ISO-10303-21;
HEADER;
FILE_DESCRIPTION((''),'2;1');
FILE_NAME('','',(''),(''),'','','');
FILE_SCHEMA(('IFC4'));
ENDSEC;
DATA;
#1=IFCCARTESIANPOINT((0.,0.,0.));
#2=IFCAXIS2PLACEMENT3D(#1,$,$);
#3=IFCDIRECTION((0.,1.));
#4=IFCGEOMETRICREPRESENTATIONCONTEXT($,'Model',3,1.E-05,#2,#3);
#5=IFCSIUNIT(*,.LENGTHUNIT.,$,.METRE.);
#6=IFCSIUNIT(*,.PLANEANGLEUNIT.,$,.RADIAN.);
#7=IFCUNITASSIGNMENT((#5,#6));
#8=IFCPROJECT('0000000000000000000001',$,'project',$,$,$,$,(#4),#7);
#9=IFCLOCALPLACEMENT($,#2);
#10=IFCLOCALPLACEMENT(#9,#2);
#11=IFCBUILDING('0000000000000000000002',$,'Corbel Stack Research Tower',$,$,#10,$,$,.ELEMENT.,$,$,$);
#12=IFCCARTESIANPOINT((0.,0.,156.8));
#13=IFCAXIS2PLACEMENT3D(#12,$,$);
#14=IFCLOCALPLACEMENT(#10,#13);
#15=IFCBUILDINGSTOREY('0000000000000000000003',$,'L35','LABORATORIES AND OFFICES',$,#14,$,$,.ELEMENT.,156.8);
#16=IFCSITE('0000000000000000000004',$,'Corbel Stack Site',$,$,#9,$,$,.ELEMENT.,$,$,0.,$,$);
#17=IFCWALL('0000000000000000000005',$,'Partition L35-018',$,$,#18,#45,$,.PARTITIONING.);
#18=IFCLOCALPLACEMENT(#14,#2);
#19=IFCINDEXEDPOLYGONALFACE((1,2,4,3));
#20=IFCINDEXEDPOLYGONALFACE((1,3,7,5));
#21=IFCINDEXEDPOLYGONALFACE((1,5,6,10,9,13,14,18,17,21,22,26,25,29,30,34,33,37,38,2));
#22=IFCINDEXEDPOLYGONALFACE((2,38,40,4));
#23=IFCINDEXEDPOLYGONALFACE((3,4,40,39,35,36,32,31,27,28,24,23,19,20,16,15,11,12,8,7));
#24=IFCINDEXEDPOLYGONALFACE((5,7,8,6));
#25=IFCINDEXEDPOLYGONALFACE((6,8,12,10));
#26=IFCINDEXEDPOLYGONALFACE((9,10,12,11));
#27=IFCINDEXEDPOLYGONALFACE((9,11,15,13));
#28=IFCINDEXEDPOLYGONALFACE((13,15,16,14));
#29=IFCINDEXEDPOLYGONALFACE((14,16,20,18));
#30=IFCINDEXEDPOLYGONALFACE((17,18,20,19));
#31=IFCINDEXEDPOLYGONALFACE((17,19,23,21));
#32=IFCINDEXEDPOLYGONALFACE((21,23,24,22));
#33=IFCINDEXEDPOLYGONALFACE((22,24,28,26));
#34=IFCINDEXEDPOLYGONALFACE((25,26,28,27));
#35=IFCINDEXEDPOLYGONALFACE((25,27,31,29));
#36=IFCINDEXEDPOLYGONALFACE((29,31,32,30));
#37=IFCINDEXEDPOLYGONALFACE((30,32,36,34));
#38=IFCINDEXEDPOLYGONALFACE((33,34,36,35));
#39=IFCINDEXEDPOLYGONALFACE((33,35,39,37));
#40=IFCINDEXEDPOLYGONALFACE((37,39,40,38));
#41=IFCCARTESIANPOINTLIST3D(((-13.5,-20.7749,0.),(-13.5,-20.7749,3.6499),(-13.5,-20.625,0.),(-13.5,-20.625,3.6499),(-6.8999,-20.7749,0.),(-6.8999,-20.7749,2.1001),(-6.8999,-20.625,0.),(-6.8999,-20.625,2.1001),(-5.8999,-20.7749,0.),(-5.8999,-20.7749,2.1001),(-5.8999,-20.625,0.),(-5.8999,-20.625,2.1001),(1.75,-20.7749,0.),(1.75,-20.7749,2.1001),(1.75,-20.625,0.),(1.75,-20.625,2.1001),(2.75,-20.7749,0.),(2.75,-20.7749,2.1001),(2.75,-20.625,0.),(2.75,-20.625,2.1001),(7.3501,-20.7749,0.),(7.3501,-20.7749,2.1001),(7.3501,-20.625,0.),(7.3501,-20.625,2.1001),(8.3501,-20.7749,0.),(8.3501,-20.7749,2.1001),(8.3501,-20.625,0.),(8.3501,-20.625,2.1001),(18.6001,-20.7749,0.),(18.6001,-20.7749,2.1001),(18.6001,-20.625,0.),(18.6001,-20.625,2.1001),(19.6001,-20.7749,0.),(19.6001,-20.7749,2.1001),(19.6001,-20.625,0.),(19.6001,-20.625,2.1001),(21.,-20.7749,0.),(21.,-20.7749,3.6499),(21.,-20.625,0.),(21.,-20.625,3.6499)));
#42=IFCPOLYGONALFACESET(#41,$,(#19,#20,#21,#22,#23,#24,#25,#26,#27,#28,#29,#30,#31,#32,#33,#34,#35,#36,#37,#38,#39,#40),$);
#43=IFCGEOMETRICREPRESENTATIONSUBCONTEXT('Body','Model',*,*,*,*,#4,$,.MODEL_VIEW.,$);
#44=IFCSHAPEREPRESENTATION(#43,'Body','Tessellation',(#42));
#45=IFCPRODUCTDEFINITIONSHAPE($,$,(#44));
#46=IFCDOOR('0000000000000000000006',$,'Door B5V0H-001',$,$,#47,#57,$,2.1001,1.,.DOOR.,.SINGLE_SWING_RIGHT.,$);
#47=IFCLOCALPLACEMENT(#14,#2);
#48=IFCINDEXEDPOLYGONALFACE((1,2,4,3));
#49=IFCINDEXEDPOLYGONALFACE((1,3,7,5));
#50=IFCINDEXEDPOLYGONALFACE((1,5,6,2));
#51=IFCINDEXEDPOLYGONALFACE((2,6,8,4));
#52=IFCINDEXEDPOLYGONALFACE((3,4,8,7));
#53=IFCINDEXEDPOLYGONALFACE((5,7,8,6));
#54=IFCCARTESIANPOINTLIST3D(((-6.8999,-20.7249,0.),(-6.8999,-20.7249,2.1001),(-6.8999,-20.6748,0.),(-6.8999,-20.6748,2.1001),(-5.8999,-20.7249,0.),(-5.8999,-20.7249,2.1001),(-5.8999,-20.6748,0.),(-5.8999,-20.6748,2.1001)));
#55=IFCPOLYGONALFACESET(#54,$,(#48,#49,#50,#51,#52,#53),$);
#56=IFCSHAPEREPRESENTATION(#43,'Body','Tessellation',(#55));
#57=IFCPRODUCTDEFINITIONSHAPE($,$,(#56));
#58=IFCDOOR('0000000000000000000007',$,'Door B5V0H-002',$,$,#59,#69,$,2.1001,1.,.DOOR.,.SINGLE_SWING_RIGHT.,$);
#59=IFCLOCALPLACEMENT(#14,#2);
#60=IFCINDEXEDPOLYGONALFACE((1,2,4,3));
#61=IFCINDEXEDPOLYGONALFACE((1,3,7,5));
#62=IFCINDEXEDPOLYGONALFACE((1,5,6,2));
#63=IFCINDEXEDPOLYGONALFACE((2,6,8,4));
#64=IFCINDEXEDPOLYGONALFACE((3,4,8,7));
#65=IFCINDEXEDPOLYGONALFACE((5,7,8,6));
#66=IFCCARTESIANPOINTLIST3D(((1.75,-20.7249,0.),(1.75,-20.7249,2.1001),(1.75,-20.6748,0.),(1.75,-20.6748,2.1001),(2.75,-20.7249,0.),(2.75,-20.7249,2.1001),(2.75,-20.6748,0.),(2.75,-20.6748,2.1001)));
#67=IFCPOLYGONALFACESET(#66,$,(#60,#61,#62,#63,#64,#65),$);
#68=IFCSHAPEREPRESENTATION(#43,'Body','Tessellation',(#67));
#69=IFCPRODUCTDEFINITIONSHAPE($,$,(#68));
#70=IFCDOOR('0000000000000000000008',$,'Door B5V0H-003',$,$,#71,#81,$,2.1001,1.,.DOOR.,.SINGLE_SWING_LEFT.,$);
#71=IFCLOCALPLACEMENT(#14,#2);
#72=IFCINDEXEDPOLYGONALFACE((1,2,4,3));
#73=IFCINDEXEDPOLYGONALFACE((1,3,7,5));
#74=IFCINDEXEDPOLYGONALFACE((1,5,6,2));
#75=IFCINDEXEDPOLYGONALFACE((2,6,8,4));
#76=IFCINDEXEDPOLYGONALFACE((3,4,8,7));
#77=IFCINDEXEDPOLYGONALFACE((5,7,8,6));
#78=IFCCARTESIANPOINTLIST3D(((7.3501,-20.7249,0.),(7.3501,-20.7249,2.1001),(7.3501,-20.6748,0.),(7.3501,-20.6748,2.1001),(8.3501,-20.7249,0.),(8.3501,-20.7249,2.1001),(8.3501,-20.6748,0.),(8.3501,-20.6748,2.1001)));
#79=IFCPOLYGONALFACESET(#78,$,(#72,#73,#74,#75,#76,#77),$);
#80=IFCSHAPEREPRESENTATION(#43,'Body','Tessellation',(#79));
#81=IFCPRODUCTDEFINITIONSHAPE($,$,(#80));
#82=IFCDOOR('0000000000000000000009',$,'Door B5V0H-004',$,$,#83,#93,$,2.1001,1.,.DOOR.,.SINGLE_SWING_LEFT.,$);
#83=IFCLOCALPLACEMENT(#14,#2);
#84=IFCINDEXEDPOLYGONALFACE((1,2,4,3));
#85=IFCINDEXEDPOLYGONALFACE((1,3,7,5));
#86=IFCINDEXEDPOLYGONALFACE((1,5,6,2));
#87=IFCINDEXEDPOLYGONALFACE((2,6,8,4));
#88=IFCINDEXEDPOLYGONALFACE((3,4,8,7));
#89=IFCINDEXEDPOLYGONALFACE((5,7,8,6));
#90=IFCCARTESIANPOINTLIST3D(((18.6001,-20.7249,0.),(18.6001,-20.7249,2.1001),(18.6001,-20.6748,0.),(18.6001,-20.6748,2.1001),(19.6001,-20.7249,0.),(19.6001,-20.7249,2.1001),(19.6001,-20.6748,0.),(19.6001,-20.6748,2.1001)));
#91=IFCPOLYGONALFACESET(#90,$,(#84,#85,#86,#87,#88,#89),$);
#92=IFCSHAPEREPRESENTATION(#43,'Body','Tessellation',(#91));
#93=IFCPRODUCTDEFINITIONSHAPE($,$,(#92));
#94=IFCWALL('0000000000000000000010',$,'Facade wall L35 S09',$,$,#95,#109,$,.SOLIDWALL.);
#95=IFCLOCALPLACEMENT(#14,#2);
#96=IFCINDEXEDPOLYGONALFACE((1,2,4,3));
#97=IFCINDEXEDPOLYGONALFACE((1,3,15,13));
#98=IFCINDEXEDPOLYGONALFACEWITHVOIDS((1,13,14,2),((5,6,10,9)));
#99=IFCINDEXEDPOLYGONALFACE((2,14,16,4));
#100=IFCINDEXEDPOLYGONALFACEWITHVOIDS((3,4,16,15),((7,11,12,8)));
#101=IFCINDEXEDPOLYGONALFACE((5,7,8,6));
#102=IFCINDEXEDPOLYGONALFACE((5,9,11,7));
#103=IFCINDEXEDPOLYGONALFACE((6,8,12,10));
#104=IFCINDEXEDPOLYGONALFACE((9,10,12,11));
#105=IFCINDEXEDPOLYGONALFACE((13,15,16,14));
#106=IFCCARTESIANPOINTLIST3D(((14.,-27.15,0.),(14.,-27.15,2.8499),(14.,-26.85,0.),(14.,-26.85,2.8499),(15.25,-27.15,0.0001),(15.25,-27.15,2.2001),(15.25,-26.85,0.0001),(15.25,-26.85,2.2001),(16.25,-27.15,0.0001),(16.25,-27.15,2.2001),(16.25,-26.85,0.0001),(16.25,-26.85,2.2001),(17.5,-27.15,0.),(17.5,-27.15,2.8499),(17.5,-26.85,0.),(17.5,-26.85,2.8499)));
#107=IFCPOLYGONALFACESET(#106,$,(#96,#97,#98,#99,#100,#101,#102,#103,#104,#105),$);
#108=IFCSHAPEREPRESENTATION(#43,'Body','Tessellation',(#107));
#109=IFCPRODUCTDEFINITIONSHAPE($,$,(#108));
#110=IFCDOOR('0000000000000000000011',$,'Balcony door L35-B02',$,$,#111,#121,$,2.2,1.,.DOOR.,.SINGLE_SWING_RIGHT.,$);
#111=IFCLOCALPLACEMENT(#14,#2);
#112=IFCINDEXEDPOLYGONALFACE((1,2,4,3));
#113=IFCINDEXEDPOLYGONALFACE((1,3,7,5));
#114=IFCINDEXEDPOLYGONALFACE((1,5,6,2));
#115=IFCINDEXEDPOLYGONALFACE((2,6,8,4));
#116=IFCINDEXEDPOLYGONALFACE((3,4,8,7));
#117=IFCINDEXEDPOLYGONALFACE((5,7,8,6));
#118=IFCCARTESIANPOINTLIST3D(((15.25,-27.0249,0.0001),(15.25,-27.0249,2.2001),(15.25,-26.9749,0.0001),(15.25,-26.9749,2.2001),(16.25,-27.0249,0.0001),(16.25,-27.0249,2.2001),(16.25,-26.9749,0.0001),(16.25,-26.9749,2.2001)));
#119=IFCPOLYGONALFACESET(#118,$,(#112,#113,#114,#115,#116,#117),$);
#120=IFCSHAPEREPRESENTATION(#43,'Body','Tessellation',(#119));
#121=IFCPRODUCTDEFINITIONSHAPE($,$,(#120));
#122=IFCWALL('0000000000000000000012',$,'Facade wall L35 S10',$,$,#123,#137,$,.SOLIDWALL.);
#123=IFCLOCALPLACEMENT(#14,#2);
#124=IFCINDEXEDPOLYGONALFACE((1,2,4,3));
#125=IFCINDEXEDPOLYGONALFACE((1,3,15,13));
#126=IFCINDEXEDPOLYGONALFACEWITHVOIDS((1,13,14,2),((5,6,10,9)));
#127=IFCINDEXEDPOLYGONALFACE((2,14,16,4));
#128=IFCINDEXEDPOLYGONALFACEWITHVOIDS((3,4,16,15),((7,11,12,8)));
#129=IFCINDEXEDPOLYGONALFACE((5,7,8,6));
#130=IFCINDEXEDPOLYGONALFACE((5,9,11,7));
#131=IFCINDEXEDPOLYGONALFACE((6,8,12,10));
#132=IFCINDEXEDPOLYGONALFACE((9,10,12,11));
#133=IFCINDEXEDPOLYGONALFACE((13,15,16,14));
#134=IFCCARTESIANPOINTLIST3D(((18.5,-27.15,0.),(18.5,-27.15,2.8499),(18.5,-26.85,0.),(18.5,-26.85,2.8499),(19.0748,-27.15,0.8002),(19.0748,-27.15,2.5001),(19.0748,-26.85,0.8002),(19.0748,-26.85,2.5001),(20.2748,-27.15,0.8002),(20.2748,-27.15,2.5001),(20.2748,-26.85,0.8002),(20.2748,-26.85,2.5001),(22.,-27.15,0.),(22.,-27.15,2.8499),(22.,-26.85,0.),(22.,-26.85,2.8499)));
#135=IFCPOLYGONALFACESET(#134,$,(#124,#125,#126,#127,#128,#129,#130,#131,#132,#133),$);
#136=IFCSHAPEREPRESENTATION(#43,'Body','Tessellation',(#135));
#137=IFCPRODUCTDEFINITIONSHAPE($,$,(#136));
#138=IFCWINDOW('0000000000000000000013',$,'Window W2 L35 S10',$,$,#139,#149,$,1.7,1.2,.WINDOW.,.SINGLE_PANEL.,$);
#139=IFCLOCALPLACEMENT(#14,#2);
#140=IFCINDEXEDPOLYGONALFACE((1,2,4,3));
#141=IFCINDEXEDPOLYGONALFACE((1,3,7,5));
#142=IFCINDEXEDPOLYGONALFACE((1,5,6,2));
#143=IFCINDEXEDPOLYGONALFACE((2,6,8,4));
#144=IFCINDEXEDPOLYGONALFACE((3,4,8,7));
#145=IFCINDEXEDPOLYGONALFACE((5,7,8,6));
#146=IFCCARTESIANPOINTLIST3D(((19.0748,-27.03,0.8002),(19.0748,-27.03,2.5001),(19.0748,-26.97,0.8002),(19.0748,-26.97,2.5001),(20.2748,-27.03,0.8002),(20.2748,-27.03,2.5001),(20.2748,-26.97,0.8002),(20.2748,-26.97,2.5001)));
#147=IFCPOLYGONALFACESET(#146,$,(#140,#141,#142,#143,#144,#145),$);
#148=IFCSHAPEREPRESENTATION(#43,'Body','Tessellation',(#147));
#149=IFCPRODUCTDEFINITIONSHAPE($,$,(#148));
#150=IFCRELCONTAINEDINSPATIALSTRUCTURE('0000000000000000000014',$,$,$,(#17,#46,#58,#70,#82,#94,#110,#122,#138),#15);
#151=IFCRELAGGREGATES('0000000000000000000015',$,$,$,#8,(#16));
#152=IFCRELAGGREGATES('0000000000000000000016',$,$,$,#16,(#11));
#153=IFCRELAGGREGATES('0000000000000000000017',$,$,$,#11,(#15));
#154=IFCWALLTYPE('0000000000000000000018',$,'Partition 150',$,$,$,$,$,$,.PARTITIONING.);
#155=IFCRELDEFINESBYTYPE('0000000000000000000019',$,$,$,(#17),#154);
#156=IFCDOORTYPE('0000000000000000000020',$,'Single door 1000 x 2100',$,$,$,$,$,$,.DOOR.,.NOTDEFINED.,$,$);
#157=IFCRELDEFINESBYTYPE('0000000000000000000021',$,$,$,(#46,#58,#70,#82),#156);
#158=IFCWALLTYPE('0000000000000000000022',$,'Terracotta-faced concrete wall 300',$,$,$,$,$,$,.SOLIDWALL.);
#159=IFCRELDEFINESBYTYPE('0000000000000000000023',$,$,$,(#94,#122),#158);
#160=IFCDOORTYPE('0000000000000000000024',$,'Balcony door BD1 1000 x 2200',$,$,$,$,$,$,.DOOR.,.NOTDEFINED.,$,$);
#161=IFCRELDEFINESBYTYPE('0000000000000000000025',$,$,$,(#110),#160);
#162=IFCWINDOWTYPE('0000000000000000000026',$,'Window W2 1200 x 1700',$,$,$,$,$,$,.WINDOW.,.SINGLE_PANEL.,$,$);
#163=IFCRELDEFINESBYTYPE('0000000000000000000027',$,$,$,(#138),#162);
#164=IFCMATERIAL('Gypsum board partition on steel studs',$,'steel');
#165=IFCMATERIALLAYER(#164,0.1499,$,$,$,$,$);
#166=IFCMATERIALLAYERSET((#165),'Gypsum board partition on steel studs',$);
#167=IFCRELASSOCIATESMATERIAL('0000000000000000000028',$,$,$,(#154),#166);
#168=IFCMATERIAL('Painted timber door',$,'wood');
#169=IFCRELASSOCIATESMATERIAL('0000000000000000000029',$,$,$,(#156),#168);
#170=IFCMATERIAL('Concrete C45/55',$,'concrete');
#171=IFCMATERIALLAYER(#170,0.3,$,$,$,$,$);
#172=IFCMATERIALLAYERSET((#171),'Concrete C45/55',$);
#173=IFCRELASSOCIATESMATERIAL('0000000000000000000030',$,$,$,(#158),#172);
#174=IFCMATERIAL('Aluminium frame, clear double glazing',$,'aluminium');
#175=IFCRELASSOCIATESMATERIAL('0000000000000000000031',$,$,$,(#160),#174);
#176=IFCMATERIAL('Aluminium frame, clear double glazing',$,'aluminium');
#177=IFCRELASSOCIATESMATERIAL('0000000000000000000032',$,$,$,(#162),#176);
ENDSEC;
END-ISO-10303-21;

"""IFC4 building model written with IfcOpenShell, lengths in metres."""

from ifc_helpers import new_model, si_unit, direction, frame, frame_2d, origin, place, context, subcontext, project, spatial, rectangle, extrude, material, layer, layer_set, type_object, element, fill, save


model = new_model("IFC4")

# Units and contexts
model_context = context("Model", 3, precision=1e-05, world=origin(), true_north=direction((0.0, 1.0)))
body_context = subcontext(model_context, "Body", "Model", "MODEL_VIEW")
ifc_project = project(units=[si_unit("LENGTHUNIT", "METRE"), si_unit("PLANEANGLEUNIT", "RADIAN")], contexts=[model_context])

# Site, building, storey
site_placement = place(None, origin())
site = spatial("IfcSite", under=ifc_project, at=site_placement, Name="Corbel Stack Site", CompositionType="ELEMENT", RefElevation=0.0)
building_placement = place(site_placement, origin())
building = spatial("IfcBuilding", under=site, at=building_placement, Name="Corbel Stack Research Tower", CompositionType="ELEMENT")
storey_placement = place(building_placement, frame((0.0, 0.0, 156.8)))
storey = spatial("IfcBuildingStorey", under=building, at=storey_placement, Name="L35", Description="LABORATORIES AND OFFICES", CompositionType="ELEMENT", Elevation=156.8)

# Wall, openings, doors
ifc_material_1 = material(Name="Gypsum board partition on steel studs", Category="steel")
ifc_layer_1 = layer(ifc_material_1, 0.1499)
ifc_layer_set_1 = layer_set([ifc_layer_1], Name="Gypsum board partition on steel studs")
wall_type_1 = type_object("IfcWallType", Name="Partition 150", PredefinedType="PARTITIONING", material=ifc_layer_set_1)
wall_1_placement = place(storey_placement, frame((21.0, -20.7, 0.0), z_axis=(0.0, 0.0, 1.0), x_axis=(-1.0, 0.0, 0.0)))
wall_1 = element("IfcWall", 1, at=wall_1_placement, inside=storey, type_object=wall_type_1, Name="Partition L35-018", PredefinedType="PARTITIONING", context=body_context, shape_type="SweptSolid", body=[
    extrude(rectangle(XDim=34.5, YDim=0.1499, at=frame_2d((17.25, 0.0))), origin(), (0.0, 0.0, 1.0), 3.6499),
])
opening_1_placement = place(wall_1_placement, frame((26.8999, 0.0, 0.0)))
opening_1 = element("IfcOpeningElement", 2, at=opening_1_placement, cuts=wall_1, PredefinedType="OPENING", context=body_context, shape_type="SweptSolid", body=[
    extrude(rectangle(XDim=1.0, YDim=2.1001, at=frame_2d((0.5, 1.05))), frame((0.0, 0.085, 0.0), z_axis=(0.0, -1.0, 0.0), x_axis=(1.0, 0.0, 0.0)), (0.0, 0.0, 1.0), 0.1699),
])
opening_2_placement = place(wall_1_placement, frame((18.25, 0.0, 0.0)))
opening_2 = element("IfcOpeningElement", 3, at=opening_2_placement, cuts=wall_1, PredefinedType="OPENING", context=body_context, shape_type="SweptSolid", body=[
    extrude(rectangle(XDim=1.0, YDim=2.1001, at=frame_2d((0.5, 1.05))), frame((0.0, 0.085, 0.0), z_axis=(0.0, -1.0, 0.0), x_axis=(1.0, 0.0, 0.0)), (0.0, 0.0, 1.0), 0.1699),
])
opening_3_placement = place(wall_1_placement, frame((12.6499, 0.0, 0.0)))
opening_3 = element("IfcOpeningElement", 4, at=opening_3_placement, cuts=wall_1, PredefinedType="OPENING", context=body_context, shape_type="SweptSolid", body=[
    extrude(rectangle(XDim=1.0, YDim=2.1001, at=frame_2d((0.5, 1.05))), frame((0.0, 0.085, 0.0), z_axis=(0.0, -1.0, 0.0), x_axis=(1.0, 0.0, 0.0)), (0.0, 0.0, 1.0), 0.1699),
])
opening_4_placement = place(wall_1_placement, frame((1.3999, 0.0, 0.0)))
opening_4 = element("IfcOpeningElement", 5, at=opening_4_placement, cuts=wall_1, PredefinedType="OPENING", context=body_context, shape_type="SweptSolid", body=[
    extrude(rectangle(XDim=1.0, YDim=2.1001, at=frame_2d((0.5, 1.05))), frame((0.0, 0.085, 0.0), z_axis=(0.0, -1.0, 0.0), x_axis=(1.0, 0.0, 0.0)), (0.0, 0.0, 1.0), 0.1699),
])
ifc_material_2 = material(Name="Painted timber door", Category="wood")
door_type_1 = type_object("IfcDoorType", Name="Single door 1000 x 2100", OperationType="NOTDEFINED", PredefinedType="DOOR", material=ifc_material_2)
door_1_placement = place(opening_1_placement, origin())
door_1 = element("IfcDoor", 6, at=door_1_placement, inside=storey, type_object=door_type_1, Name="Door B5V0H-001", OperationType="SINGLE_SWING_RIGHT", OverallHeight=2.1001, OverallWidth=1.0, PredefinedType="DOOR", context=body_context, shape_type="SweptSolid", body=[
    extrude(rectangle(XDim=1.0, YDim=2.1001, at=frame_2d((0.5, 1.05))), frame((0.0, 0.0249, 0.0), z_axis=(0.0, -1.0, 0.0), x_axis=(1.0, 0.0, 0.0)), (0.0, 0.0, 1.0), 0.05),
])
fill(opening_1, door_1)
door_2_placement = place(opening_2_placement, origin())
door_2 = element("IfcDoor", 7, at=door_2_placement, inside=storey, type_object=door_type_1, Name="Door B5V0H-002", OperationType="SINGLE_SWING_RIGHT", OverallHeight=2.1001, OverallWidth=1.0, PredefinedType="DOOR", context=body_context, shape_type="SweptSolid", body=[
    extrude(rectangle(XDim=1.0, YDim=2.1001, at=frame_2d((0.5, 1.05))), frame((0.0, 0.0249, 0.0), z_axis=(0.0, -1.0, 0.0), x_axis=(1.0, 0.0, 0.0)), (0.0, 0.0, 1.0), 0.05),
])
fill(opening_2, door_2)
door_3_placement = place(opening_3_placement, origin())
door_3 = element("IfcDoor", 8, at=door_3_placement, inside=storey, type_object=door_type_1, Name="Door B5V0H-003", OperationType="SINGLE_SWING_LEFT", OverallHeight=2.1001, OverallWidth=1.0, PredefinedType="DOOR", context=body_context, shape_type="SweptSolid", body=[
    extrude(rectangle(XDim=1.0, YDim=2.1001, at=frame_2d((0.5, 1.05))), frame((0.0, 0.0249, 0.0), z_axis=(0.0, -1.0, 0.0), x_axis=(1.0, 0.0, 0.0)), (0.0, 0.0, 1.0), 0.05),
])
fill(opening_3, door_3)
door_4_placement = place(opening_4_placement, origin())
door_4 = element("IfcDoor", 9, at=door_4_placement, inside=storey, type_object=door_type_1, Name="Door B5V0H-004", OperationType="SINGLE_SWING_LEFT", OverallHeight=2.1001, OverallWidth=1.0, PredefinedType="DOOR", context=body_context, shape_type="SweptSolid", body=[
    extrude(rectangle(XDim=1.0, YDim=2.1001, at=frame_2d((0.5, 1.05))), frame((0.0, 0.0249, 0.0), z_axis=(0.0, -1.0, 0.0), x_axis=(1.0, 0.0, 0.0)), (0.0, 0.0, 1.0), 0.05),
])
fill(opening_4, door_4)

# Wall, opening, door
ifc_material_3 = material(Name="Concrete C45/55", Category="concrete")
ifc_layer_2 = layer(ifc_material_3, 0.3)
ifc_layer_set_2 = layer_set([ifc_layer_2], Name="Concrete C45/55")
wall_type_2 = type_object("IfcWallType", Name="Terracotta-faced concrete wall 300", PredefinedType="SOLIDWALL", material=ifc_layer_set_2)
wall_2_placement = place(storey_placement, frame((17.5, -27.0, 0.0), z_axis=(0.0, 0.0, 1.0), x_axis=(-1.0, 0.0, 0.0)))
wall_2 = element("IfcWall", 10, at=wall_2_placement, inside=storey, type_object=wall_type_2, Name="Facade wall L35 S09", PredefinedType="SOLIDWALL", context=body_context, shape_type="SweptSolid", body=[
    extrude(rectangle(XDim=3.5, YDim=0.3, at=frame_2d((1.75, 0.0))), origin(), (0.0, 0.0, 1.0), 2.8499),
])
opening_5_placement = place(wall_2_placement, frame((1.25, 0.0, 0.0)))
opening_5 = element("IfcOpeningElement", 11, at=opening_5_placement, cuts=wall_2, PredefinedType="OPENING", context=body_context, shape_type="SweptSolid", body=[
    extrude(rectangle(XDim=1.0, YDim=2.2, at=frame_2d((0.5, 1.1001))), frame((0.0, 0.1599, 0.0), z_axis=(0.0, -1.0, 0.0), x_axis=(1.0, 0.0, 0.0)), (0.0, 0.0, 1.0), 0.3201),
])
ifc_material_4 = material(Name="Aluminium frame, clear double glazing", Category="aluminium")
door_type_2 = type_object("IfcDoorType", Name="Balcony door BD1 1000 x 2200", OperationType="NOTDEFINED", PredefinedType="DOOR", material=ifc_material_4)
door_5_placement = place(opening_5_placement, origin())
door_5 = element("IfcDoor", 12, at=door_5_placement, inside=storey, type_object=door_type_2, Name="Balcony door L35-B02", OperationType="SINGLE_SWING_RIGHT", OverallHeight=2.2, OverallWidth=1.0, PredefinedType="DOOR", context=body_context, shape_type="SweptSolid", body=[
    extrude(rectangle(XDim=1.0, YDim=2.2, at=frame_2d((0.5, 1.1001))), frame((0.0, 0.0249, 0.0), z_axis=(0.0, -1.0, 0.0), x_axis=(1.0, 0.0, 0.0)), (0.0, 0.0, 1.0), 0.05),
])
fill(opening_5, door_5)

# Wall, opening, window
wall_3_placement = place(storey_placement, frame((22.0, -27.0, 0.0), z_axis=(0.0, 0.0, 1.0), x_axis=(-1.0, 0.0, 0.0)))
wall_3 = element("IfcWall", 13, at=wall_3_placement, inside=storey, type_object=wall_type_2, Name="Facade wall L35 S10", PredefinedType="SOLIDWALL", context=body_context, shape_type="SweptSolid", body=[
    extrude(rectangle(XDim=3.5, YDim=0.3, at=frame_2d((1.75, 0.0))), origin(), (0.0, 0.0, 1.0), 2.8499),
])
opening_6_placement = place(wall_3_placement, frame((1.7251, 0.0, 0.8)))
opening_6 = element("IfcOpeningElement", 14, at=opening_6_placement, cuts=wall_3, PredefinedType="OPENING", context=body_context, shape_type="SweptSolid", body=[
    extrude(rectangle(XDim=1.2, YDim=1.7, at=frame_2d((0.6001, 0.8501))), frame((0.0, 0.1599, 0.0), z_axis=(0.0, -1.0, 0.0), x_axis=(1.0, 0.0, 0.0)), (0.0, 0.0, 1.0), 0.3201),
])
ifc_material_5 = material(Name="Aluminium frame, clear double glazing", Category="aluminium")
window_type_1 = type_object("IfcWindowType", Name="Window W2 1200 x 1700", PartitioningType="SINGLE_PANEL", PredefinedType="WINDOW", material=ifc_material_5)
window_1_placement = place(opening_6_placement, origin())
window_1 = element("IfcWindow", 15, at=window_1_placement, inside=storey, type_object=window_type_1, Name="Window W2 L35 S10", OverallHeight=1.7, OverallWidth=1.2, PartitioningType="SINGLE_PANEL", PredefinedType="WINDOW", context=body_context, shape_type="SweptSolid", body=[
    extrude(rectangle(XDim=1.2, YDim=1.7, at=frame_2d((0.6001, 0.8501))), frame((0.0, 0.03, 0.0), z_axis=(0.0, -1.0, 0.0), x_axis=(1.0, 0.0, 0.0)), (0.0, 0.0, 1.0), 0.0601),
])
fill(opening_6, window_1)

save(model, "model.ifc")
